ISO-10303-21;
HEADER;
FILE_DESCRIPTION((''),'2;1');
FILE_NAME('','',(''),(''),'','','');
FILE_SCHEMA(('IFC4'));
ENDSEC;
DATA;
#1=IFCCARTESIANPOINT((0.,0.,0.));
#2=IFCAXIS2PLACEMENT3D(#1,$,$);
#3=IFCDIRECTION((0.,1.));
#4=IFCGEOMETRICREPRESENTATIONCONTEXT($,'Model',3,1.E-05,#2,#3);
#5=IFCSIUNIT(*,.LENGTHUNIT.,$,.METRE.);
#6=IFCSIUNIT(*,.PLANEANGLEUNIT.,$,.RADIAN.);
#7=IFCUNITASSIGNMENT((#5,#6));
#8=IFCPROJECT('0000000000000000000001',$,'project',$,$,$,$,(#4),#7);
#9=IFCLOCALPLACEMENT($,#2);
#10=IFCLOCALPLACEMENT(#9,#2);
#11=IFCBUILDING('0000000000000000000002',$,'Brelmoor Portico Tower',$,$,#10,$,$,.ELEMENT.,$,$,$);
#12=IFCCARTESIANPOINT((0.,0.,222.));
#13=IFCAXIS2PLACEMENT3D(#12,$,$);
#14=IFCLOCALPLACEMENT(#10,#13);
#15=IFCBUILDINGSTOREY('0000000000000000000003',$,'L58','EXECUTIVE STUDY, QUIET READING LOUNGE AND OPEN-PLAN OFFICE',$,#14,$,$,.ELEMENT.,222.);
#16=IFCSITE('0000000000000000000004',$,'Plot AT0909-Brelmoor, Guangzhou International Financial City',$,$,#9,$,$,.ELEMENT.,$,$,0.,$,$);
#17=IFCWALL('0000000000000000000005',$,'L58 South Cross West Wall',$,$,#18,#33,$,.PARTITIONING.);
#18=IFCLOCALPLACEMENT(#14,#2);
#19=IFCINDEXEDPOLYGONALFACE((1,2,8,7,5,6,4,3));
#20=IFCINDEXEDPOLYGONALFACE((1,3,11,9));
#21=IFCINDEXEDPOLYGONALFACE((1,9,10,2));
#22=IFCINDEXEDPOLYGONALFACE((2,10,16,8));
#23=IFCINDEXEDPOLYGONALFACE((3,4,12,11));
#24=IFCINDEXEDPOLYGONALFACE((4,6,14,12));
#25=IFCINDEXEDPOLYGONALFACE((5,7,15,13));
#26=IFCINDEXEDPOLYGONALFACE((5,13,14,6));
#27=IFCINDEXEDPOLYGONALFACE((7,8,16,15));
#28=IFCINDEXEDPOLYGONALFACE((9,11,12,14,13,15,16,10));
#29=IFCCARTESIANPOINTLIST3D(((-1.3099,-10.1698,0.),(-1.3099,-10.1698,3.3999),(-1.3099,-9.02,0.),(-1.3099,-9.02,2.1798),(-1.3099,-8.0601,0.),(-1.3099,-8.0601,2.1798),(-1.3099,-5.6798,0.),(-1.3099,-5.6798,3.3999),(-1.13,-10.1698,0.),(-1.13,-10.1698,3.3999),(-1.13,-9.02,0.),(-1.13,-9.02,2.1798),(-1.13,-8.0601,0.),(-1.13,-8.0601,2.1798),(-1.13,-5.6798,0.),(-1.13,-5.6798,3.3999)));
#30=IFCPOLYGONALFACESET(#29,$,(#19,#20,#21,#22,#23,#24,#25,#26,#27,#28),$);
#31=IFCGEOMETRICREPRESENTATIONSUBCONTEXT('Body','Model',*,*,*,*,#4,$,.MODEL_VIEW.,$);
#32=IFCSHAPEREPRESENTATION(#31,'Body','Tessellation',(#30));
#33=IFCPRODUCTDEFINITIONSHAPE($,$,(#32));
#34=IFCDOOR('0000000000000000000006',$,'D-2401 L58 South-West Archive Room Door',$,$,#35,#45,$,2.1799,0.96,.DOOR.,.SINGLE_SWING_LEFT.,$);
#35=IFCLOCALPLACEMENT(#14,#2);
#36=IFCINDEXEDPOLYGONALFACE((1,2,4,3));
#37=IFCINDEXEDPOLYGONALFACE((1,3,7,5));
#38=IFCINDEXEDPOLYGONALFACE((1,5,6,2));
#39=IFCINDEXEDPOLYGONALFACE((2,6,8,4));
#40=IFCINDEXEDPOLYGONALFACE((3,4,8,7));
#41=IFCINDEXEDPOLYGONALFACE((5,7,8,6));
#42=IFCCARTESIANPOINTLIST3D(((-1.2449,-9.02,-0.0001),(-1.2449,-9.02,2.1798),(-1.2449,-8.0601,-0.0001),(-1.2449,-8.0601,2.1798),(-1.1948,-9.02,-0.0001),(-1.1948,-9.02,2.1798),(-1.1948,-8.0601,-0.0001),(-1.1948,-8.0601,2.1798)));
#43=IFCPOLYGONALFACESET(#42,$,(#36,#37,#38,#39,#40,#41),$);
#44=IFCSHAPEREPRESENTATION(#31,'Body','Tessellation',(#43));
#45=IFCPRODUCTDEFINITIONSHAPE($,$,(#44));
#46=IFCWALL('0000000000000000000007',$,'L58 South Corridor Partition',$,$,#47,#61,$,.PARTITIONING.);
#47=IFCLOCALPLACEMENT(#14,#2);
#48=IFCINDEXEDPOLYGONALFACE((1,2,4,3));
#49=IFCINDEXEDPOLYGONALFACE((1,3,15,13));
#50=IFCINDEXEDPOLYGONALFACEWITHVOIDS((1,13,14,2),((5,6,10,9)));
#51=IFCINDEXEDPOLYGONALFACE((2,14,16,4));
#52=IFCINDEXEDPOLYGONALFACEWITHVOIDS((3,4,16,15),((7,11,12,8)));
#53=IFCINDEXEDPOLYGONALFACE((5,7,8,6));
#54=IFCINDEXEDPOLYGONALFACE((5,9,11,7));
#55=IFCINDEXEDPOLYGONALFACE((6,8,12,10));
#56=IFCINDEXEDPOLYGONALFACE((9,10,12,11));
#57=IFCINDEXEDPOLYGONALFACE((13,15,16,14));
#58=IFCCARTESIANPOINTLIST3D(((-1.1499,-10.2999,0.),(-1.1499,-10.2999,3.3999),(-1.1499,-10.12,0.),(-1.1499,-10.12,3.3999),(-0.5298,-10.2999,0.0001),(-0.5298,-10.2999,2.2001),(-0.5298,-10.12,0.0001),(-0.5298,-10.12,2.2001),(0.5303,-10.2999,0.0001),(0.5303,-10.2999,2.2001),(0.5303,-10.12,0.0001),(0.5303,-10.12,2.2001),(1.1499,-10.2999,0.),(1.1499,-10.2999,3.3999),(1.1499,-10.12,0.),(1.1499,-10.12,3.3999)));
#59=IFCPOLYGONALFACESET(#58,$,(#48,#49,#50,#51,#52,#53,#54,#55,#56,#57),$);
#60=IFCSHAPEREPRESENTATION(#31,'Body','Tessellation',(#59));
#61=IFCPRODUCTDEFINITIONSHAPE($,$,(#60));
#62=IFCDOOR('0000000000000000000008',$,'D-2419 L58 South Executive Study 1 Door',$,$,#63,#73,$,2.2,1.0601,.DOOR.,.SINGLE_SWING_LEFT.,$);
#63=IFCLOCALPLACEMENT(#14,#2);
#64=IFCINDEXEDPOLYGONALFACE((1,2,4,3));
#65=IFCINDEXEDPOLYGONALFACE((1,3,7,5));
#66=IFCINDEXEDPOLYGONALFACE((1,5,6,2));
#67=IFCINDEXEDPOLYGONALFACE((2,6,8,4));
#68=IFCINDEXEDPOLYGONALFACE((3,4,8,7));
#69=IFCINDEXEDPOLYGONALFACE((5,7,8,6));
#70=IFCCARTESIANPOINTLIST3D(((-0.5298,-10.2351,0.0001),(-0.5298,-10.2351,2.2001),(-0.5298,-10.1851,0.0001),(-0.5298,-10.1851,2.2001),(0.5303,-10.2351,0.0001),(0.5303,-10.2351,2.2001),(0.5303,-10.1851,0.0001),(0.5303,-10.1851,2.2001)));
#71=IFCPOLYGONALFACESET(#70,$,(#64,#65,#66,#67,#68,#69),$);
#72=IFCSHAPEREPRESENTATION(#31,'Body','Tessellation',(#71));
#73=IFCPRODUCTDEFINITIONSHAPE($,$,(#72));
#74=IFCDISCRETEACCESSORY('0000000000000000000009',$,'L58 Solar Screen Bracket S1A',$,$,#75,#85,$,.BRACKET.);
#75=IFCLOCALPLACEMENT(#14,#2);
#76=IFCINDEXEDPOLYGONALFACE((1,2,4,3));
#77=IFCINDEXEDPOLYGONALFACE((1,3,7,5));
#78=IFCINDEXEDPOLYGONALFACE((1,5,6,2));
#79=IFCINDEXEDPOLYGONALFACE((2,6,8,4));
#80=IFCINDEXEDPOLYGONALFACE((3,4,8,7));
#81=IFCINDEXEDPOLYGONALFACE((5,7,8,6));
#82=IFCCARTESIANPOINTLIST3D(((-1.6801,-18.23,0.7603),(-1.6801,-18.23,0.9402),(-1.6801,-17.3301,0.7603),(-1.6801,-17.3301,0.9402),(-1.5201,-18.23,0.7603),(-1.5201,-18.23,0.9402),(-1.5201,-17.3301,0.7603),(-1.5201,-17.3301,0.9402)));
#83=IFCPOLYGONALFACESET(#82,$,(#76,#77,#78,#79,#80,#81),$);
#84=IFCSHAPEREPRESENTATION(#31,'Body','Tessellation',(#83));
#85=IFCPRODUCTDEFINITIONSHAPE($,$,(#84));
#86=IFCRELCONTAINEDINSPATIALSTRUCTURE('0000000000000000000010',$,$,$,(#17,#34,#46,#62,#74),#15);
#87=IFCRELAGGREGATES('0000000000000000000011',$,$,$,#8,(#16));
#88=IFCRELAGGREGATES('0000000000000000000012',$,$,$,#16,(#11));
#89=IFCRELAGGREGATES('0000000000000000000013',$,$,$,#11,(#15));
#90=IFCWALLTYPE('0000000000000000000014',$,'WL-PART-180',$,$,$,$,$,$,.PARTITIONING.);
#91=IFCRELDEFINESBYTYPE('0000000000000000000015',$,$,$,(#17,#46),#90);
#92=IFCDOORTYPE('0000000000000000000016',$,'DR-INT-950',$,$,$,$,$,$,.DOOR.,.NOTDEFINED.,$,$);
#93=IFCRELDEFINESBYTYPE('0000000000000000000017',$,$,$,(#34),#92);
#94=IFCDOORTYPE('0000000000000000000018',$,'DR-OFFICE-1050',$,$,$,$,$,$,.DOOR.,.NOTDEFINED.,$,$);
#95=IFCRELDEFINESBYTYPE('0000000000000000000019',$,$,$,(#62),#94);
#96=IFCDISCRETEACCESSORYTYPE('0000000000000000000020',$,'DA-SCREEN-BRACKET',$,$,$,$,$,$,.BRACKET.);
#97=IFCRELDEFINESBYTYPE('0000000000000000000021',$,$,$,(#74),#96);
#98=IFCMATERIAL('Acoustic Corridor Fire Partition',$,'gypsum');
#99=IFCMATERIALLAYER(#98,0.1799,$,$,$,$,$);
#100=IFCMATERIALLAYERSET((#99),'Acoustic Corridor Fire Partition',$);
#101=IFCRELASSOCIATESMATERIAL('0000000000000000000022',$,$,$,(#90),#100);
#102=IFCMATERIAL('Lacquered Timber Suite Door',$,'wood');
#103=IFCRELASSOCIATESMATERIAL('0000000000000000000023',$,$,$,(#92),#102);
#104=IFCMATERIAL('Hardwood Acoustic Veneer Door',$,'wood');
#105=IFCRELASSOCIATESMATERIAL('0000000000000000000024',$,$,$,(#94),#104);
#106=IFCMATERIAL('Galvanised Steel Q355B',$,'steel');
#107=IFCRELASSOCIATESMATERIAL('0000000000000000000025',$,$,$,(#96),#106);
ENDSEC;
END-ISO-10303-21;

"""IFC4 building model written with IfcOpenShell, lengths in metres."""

from ifc_helpers import new_model, si_unit, direction, frame, frame_2d, origin, origin_2d, place, context, subcontext, project, spatial, rectangle, extrude, material, layer, layer_set, type_object, element, fill, save


model = new_model("IFC4")

# Units and contexts
model_context = context("Model", 3, precision=1e-05, world=origin(), true_north=direction((0.0, 1.0)))
body_context = subcontext(model_context, "Body", "Model", "MODEL_VIEW")
ifc_project = project(units=[si_unit("LENGTHUNIT", "METRE"), si_unit("PLANEANGLEUNIT", "RADIAN")], contexts=[model_context])

# Site, building, storey
site_placement = place(None, origin())
site = spatial("IfcSite", under=ifc_project, at=site_placement, Name="Plot AT0909-Brelmoor, Guangzhou International Financial City", CompositionType="ELEMENT", RefElevation=0.0)
building_placement = place(site_placement, origin())
building = spatial("IfcBuilding", under=site, at=building_placement, Name="Brelmoor Portico Tower", CompositionType="ELEMENT")
storey_placement = place(building_placement, frame((0.0, 0.0, 222.0)))
storey = spatial("IfcBuildingStorey", under=building, at=storey_placement, Name="L58", Description="EXECUTIVE STUDY, QUIET READING LOUNGE AND OPEN-PLAN OFFICE", CompositionType="ELEMENT", Elevation=222.0)

# Walls, openings, doors
ifc_material_1 = material(Name="Acoustic Corridor Fire Partition", Category="gypsum")
ifc_layer_1 = layer(ifc_material_1, 0.1799)
ifc_layer_set_1 = layer_set([ifc_layer_1], Name="Acoustic Corridor Fire Partition")
wall_type = type_object("IfcWallType", Name="WL-PART-180", PredefinedType="PARTITIONING", material=ifc_layer_set_1)
wall_1_placement = place(storey_placement, frame((-1.22, -10.1699, 0.0), z_axis=(0.0, 0.0, 1.0), x_axis=(0.0, 1.0, 0.0)))
wall_1 = element("IfcWall", 1, at=wall_1_placement, inside=storey, type_object=wall_type, Name="L58 South Cross West Wall", PredefinedType="PARTITIONING", context=body_context, shape_type="SweptSolid", body=[
    extrude(rectangle(XDim=4.49, YDim=0.1799, at=frame_2d((2.2451, 0.0))), origin(), (0.0, 0.0, 1.0), 3.3999),
])
opening_1_placement = place(wall_1_placement, frame((1.1499, 0.0, 0.0)))
opening_1 = element("IfcOpeningElement", 2, at=opening_1_placement, cuts=wall_1, PredefinedType="OPENING", context=body_context, shape_type="SweptSolid", body=[
    extrude(rectangle(XDim=0.96, YDim=2.1799, at=frame_2d((0.48, 1.0898))), frame((0.0, 0.0999, 0.0), z_axis=(0.0, -1.0, 0.0), x_axis=(1.0, 0.0, 0.0)), (0.0, 0.0, 1.0), 0.2),
])
ifc_material_2 = material(Name="Lacquered Timber Suite Door", Category="wood")
door_type_1 = type_object("IfcDoorType", Name="DR-INT-950", OperationType="NOTDEFINED", PredefinedType="DOOR", material=ifc_material_2)
door_1_placement = place(opening_1_placement, origin())
door_1 = element("IfcDoor", 3, at=door_1_placement, inside=storey, type_object=door_type_1, Name="D-2401 L58 South-West Archive Room Door", OperationType="SINGLE_SWING_LEFT", OverallHeight=2.1799, OverallWidth=0.96, PredefinedType="DOOR", context=body_context, shape_type="SweptSolid", body=[
    extrude(rectangle(XDim=0.96, YDim=2.1799, at=frame_2d((0.48, 1.0898))), frame((0.0, 0.0249, 0.0), z_axis=(0.0, -1.0, 0.0), x_axis=(1.0, 0.0, 0.0)), (0.0, 0.0, 1.0), 0.05),
])
fill(opening_1, door_1)
wall_2_placement = place(storey_placement, frame((-1.1499, -10.21, 0.0), z_axis=(0.0, 0.0, 1.0), x_axis=(1.0, 0.0, 0.0)))
wall_2 = element("IfcWall", 4, at=wall_2_placement, inside=storey, type_object=wall_type, Name="L58 South Corridor Partition", PredefinedType="PARTITIONING", context=body_context, shape_type="SweptSolid", body=[
    extrude(rectangle(XDim=2.2998, YDim=0.1799, at=frame_2d((1.1499, 0.0))), origin(), (0.0, 0.0, 1.0), 3.3999),
])
opening_2_placement = place(wall_2_placement, frame((0.6201, 0.0, 0.0)))
opening_2 = element("IfcOpeningElement", 5, at=opening_2_placement, cuts=wall_2, PredefinedType="OPENING", context=body_context, shape_type="SweptSolid", body=[
    extrude(rectangle(XDim=1.0601, YDim=2.2, at=frame_2d((0.53, 1.1001))), frame((0.0, 0.0999, 0.0), z_axis=(0.0, -1.0, 0.0), x_axis=(1.0, 0.0, 0.0)), (0.0, 0.0, 1.0), 0.2),
])
ifc_material_3 = material(Name="Hardwood Acoustic Veneer Door", Category="wood")
door_type_2 = type_object("IfcDoorType", Name="DR-OFFICE-1050", OperationType="NOTDEFINED", PredefinedType="DOOR", material=ifc_material_3)
door_2_placement = place(opening_2_placement, origin())
door_2 = element("IfcDoor", 6, at=door_2_placement, inside=storey, type_object=door_type_2, Name="D-2419 L58 South Executive Study 1 Door", OperationType="SINGLE_SWING_LEFT", OverallHeight=2.2, OverallWidth=1.0601, PredefinedType="DOOR", context=body_context, shape_type="SweptSolid", body=[
    extrude(rectangle(XDim=1.0601, YDim=2.2, at=frame_2d((0.53, 1.1001))), frame((0.0, 0.0249, 0.0), z_axis=(0.0, -1.0, 0.0), x_axis=(1.0, 0.0, 0.0)), (0.0, 0.0, 1.0), 0.05),
])
fill(opening_2, door_2)

# Discrete accessory
ifc_material_4 = material(Name="Galvanised Steel Q355B", Category="steel")
discrete_accessory_type = type_object("IfcDiscreteAccessoryType", Name="DA-SCREEN-BRACKET", PredefinedType="BRACKET", material=ifc_material_4)
discrete_accessory_placement = place(storey_placement, frame((-1.6001, -17.78, 0.7603), z_axis=(0.0, 0.0, 1.0), x_axis=(1.0, 0.0, 0.0)))
element("IfcDiscreteAccessory", 7, at=discrete_accessory_placement, inside=storey, type_object=discrete_accessory_type, Name="L58 Solar Screen Bracket S1A", PredefinedType="BRACKET", context=body_context, shape_type="SweptSolid", body=[
    extrude(rectangle(XDim=0.1599, YDim=0.8999, at=origin_2d()), origin(), (0.0, 0.0, 1.0), 0.1799),
])

save(model, "model.ifc")
